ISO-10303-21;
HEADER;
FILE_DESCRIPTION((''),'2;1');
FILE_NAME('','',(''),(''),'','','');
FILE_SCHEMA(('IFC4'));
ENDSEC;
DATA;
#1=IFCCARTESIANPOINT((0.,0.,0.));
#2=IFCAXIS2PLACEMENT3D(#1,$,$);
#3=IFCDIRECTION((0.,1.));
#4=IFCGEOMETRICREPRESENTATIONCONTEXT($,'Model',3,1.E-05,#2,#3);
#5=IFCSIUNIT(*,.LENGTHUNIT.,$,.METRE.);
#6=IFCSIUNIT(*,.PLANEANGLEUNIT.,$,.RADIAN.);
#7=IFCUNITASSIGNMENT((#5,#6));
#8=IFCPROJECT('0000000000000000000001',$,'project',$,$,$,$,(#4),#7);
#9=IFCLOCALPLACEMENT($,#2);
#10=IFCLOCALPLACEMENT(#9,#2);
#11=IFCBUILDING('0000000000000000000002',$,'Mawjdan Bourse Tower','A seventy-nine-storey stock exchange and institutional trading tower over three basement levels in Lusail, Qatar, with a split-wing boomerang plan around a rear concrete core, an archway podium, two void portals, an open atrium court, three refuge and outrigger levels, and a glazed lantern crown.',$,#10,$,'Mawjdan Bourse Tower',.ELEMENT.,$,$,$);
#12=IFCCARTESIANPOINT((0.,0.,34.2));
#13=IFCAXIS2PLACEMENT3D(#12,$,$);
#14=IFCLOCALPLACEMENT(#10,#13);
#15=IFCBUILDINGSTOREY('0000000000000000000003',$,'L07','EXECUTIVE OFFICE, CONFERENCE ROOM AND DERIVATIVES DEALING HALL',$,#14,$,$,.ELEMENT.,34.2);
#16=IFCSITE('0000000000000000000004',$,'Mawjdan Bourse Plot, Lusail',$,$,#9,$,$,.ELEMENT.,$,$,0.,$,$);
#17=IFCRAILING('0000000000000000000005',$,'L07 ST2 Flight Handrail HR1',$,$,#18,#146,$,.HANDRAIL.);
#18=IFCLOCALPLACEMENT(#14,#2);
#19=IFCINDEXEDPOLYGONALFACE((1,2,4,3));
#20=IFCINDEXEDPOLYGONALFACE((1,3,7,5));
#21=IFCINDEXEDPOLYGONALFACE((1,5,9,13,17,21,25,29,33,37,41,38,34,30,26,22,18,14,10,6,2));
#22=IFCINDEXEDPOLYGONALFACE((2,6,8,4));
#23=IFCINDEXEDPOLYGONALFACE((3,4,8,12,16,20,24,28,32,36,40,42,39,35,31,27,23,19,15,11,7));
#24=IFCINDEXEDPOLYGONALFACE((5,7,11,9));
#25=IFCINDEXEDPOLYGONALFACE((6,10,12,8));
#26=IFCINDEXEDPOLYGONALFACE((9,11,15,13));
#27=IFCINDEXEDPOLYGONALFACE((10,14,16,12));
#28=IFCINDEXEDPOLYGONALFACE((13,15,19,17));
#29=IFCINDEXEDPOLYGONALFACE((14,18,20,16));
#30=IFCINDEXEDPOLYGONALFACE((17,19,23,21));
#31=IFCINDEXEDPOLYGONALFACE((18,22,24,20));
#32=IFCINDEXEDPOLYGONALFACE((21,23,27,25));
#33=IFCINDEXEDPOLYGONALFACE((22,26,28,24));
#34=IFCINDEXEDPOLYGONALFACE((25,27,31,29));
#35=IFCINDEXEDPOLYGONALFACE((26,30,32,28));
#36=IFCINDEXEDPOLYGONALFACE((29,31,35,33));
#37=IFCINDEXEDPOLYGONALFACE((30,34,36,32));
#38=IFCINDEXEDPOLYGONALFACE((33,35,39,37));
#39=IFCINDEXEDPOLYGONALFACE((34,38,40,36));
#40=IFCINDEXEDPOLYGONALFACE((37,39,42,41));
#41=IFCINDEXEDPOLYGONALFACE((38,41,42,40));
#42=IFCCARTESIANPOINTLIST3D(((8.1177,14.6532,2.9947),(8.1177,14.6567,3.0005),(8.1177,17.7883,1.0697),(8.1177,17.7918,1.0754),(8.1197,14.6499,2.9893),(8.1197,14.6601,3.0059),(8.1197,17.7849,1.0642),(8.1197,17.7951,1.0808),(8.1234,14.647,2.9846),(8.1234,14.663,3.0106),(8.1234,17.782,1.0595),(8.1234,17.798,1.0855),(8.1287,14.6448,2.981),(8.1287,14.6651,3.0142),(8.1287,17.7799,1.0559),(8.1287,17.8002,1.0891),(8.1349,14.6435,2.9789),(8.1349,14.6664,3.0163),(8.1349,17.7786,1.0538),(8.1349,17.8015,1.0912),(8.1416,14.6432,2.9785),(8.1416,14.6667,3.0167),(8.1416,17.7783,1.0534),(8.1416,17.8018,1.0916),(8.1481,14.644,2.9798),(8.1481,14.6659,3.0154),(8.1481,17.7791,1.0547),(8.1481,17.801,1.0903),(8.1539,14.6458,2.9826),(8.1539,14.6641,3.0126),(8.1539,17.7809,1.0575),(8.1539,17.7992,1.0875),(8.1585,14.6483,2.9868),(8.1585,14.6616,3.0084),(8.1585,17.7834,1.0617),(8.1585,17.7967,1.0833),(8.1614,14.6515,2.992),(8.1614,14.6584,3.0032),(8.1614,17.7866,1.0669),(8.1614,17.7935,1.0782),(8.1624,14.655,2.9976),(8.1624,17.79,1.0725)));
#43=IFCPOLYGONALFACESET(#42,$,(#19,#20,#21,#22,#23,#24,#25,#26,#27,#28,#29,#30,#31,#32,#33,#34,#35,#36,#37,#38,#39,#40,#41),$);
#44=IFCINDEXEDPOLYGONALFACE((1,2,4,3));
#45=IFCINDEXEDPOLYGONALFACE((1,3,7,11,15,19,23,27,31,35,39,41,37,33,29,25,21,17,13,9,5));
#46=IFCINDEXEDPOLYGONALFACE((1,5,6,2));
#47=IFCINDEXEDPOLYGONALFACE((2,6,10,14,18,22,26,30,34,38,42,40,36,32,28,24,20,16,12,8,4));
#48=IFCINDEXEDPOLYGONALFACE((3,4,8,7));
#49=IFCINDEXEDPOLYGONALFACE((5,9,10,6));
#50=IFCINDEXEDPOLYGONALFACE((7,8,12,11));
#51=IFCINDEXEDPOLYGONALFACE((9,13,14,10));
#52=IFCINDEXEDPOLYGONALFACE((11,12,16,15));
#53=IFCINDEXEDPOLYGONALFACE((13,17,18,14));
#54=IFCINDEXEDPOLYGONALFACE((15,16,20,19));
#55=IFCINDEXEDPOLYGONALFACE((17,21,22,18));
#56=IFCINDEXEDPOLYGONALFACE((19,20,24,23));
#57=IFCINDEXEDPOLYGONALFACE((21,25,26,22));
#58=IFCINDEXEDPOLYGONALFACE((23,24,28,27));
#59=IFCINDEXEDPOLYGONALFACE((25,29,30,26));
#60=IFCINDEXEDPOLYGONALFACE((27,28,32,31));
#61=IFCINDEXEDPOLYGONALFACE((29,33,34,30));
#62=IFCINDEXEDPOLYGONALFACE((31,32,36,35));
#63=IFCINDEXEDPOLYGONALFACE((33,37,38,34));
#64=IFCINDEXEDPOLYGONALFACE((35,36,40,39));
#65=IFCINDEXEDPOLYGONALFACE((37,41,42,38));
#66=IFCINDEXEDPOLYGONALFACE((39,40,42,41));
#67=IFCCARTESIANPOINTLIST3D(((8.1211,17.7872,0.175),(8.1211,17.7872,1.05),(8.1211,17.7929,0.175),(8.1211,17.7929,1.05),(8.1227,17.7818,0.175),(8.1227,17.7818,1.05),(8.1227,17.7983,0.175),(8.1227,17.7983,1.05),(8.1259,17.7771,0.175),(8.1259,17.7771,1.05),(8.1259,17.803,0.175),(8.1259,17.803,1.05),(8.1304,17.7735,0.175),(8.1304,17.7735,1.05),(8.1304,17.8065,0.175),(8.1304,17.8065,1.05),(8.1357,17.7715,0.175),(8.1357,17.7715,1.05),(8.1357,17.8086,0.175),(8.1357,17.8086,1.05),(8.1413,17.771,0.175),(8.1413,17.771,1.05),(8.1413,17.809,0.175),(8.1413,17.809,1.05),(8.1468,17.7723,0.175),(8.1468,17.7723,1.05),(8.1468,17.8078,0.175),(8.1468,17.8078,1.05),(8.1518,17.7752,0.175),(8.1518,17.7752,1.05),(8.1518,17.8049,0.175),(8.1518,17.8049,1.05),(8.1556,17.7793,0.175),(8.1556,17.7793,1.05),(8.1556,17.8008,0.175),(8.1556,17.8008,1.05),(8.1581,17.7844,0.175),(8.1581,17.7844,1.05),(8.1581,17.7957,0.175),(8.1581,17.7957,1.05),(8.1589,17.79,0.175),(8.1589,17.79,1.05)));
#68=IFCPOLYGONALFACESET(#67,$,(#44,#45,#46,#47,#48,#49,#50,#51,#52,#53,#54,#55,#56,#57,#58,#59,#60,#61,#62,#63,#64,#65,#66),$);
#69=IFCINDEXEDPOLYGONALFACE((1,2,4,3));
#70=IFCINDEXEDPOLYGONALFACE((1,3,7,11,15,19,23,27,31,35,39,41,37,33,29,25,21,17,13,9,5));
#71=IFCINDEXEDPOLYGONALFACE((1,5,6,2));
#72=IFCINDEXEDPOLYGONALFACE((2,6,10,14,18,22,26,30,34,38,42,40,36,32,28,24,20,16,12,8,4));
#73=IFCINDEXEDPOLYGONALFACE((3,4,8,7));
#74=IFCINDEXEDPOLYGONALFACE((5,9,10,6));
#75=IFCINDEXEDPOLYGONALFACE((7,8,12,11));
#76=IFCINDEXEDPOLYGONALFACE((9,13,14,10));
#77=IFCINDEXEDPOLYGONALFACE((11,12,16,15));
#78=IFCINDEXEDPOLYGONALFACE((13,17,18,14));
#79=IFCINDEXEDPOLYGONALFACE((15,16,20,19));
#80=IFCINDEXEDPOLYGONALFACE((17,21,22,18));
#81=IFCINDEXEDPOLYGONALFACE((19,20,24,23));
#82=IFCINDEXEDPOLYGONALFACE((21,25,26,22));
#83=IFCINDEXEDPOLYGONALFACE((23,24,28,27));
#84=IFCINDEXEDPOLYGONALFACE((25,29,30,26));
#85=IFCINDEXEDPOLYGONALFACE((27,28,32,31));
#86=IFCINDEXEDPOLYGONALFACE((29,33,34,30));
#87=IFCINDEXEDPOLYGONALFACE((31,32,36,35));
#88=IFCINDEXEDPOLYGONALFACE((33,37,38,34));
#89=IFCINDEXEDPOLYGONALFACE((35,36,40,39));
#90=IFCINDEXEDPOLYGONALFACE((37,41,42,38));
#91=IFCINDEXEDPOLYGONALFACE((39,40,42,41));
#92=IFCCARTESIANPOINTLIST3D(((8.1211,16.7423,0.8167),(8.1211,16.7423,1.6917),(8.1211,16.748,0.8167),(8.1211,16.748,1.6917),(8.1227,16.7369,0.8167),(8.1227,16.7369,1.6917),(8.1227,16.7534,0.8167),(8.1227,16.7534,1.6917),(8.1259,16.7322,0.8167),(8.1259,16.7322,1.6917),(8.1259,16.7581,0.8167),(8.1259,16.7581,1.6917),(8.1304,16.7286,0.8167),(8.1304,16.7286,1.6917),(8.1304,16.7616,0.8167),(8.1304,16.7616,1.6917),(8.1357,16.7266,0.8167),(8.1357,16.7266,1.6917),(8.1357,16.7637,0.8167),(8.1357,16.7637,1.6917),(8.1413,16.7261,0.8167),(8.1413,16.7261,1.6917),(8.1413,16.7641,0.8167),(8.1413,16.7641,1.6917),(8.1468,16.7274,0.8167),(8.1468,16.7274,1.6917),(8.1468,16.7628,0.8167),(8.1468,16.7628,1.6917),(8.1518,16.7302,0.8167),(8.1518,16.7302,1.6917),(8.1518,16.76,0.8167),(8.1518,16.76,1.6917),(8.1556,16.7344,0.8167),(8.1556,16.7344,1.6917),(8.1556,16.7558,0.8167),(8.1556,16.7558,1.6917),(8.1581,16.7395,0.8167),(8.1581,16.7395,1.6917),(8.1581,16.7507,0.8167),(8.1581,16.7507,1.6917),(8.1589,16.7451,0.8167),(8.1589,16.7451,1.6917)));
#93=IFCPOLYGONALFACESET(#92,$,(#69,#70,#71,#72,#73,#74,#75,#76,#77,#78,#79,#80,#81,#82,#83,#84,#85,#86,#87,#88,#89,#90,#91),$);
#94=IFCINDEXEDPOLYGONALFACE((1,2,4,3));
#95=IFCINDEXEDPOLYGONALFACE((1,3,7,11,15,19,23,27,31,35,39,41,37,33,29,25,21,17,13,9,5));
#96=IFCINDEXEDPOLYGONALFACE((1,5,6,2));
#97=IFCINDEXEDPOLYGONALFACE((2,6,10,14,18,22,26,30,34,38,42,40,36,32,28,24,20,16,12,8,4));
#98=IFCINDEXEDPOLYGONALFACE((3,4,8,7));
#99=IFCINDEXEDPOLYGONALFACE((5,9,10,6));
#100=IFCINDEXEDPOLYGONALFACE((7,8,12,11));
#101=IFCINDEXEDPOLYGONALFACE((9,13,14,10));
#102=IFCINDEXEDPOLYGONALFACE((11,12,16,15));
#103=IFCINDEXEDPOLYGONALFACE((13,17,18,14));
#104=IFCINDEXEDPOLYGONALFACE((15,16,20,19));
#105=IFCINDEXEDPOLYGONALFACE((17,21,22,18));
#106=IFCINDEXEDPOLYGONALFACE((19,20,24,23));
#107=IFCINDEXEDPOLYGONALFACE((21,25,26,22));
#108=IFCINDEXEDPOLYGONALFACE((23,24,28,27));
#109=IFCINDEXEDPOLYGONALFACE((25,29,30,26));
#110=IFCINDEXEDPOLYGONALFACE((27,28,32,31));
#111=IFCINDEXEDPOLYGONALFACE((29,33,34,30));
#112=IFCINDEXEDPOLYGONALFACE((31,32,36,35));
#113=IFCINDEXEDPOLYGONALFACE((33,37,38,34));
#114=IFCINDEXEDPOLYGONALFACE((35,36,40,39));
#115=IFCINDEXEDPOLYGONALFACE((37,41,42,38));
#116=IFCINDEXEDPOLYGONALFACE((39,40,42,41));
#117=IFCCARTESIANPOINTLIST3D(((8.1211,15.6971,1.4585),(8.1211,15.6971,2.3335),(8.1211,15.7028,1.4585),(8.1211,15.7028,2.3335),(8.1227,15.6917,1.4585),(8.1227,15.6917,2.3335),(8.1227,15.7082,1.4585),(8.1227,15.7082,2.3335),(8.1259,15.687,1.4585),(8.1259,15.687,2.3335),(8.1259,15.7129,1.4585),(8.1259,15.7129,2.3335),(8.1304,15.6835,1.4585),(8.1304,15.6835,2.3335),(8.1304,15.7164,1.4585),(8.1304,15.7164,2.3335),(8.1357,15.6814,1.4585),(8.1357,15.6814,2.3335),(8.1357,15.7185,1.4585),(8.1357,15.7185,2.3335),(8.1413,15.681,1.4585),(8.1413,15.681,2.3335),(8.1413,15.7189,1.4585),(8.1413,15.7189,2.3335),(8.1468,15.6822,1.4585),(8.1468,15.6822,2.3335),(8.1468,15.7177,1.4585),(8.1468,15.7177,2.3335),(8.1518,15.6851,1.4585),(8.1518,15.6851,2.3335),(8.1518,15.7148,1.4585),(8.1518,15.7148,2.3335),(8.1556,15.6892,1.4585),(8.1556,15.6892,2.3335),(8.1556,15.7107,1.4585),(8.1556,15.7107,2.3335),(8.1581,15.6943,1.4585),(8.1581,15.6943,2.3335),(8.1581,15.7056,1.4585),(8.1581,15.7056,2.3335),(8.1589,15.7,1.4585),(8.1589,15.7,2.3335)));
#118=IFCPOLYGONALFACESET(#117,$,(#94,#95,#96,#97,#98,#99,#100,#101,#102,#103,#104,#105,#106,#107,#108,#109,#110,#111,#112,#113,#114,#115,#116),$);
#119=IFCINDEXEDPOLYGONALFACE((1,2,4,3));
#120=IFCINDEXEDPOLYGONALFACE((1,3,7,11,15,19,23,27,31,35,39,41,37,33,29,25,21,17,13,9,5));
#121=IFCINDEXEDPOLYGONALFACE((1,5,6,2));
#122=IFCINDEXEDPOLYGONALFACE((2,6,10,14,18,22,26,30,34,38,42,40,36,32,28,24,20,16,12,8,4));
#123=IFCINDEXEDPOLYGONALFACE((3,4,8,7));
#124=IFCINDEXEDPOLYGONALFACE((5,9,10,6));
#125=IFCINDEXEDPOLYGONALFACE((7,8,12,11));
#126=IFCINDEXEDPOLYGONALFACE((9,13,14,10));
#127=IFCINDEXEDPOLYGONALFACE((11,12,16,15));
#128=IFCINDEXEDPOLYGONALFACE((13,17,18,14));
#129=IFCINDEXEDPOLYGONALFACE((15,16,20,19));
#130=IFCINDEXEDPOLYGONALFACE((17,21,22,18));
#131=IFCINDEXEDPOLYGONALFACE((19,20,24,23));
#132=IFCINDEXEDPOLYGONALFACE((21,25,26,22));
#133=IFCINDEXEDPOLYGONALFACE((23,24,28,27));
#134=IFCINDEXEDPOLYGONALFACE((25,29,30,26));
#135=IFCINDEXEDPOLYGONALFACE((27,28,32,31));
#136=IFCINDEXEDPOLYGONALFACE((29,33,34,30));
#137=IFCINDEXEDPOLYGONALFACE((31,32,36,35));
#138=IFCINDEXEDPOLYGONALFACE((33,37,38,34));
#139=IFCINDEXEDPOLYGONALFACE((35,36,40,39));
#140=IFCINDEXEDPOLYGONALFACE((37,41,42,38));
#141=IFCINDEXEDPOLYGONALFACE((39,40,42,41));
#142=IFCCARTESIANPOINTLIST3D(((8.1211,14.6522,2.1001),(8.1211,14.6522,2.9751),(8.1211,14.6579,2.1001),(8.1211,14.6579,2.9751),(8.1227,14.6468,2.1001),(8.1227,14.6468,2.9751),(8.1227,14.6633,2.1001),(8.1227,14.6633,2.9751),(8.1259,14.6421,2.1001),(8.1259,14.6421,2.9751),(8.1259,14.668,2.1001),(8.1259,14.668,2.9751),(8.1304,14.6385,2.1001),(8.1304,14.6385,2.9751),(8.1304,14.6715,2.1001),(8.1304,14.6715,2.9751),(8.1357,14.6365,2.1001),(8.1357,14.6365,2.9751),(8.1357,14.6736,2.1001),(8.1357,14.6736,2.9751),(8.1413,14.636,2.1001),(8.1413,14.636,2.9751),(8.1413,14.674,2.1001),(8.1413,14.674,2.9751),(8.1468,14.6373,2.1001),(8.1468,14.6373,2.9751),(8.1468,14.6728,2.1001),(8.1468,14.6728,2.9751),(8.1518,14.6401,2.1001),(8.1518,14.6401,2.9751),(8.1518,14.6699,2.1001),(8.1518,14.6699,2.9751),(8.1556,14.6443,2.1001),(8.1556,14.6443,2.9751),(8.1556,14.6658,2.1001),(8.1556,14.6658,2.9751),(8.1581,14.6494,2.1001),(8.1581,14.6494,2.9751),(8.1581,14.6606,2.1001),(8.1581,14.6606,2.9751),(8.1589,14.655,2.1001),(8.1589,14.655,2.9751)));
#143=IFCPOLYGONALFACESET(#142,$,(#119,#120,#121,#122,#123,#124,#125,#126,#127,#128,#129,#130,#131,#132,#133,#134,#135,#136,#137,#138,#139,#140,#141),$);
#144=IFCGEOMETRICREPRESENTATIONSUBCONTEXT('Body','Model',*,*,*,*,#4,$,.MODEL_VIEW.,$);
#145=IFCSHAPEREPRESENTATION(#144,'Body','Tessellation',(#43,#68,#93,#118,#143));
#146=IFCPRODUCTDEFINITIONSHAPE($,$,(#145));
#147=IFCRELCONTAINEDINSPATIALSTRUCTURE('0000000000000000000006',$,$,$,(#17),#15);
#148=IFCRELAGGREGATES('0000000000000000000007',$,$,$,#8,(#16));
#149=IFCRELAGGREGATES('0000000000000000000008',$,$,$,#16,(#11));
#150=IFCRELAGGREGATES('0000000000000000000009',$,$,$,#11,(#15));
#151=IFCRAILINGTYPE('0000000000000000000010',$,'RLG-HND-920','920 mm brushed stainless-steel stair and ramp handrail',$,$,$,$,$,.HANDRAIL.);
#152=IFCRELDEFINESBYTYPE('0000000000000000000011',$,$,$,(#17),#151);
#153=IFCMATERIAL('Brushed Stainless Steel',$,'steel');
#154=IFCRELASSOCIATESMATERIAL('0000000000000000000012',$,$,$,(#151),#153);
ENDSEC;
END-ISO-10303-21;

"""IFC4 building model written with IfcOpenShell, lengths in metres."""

from ifc_helpers import new_model, si_unit, direction, frame, origin, origin_2d, place, context, subcontext, project, spatial, circle, extrude, material, type_object, element, save


model = new_model("IFC4")

# Units and contexts
model_context = context("Model", 3, precision=1e-05, world=origin(), true_north=direction((0.0, 1.0)))
body_context = subcontext(model_context, "Body", "Model", "MODEL_VIEW")
ifc_project = project(units=[si_unit("LENGTHUNIT", "METRE"), si_unit("PLANEANGLEUNIT", "RADIAN")], contexts=[model_context])

# Site, building, storey
site_placement = place(None, origin())
site = spatial("IfcSite", under=ifc_project, at=site_placement, Name="Mawjdan Bourse Plot, Lusail", CompositionType="ELEMENT", RefElevation=0.0)
building_placement = place(site_placement, origin())
building = spatial("IfcBuilding", under=site, at=building_placement, Name="Mawjdan Bourse Tower", Description="A seventy-nine-storey stock exchange and institutional trading tower over three basement levels in Lusail, Qatar, with a split-wing boomerang plan around a rear concrete core, an archway podium, two void portals, an open atrium court, three refuge and outrigger levels, and a glazed lantern crown.", LongName="Mawjdan Bourse Tower", CompositionType="ELEMENT")
storey_placement = place(building_placement, frame((0.0, 0.0, 34.2)))
storey = spatial("IfcBuildingStorey", under=building, at=storey_placement, Name="L07", Description="EXECUTIVE OFFICE, CONFERENCE ROOM AND DERIVATIVES DEALING HALL", CompositionType="ELEMENT", Elevation=34.2)

# Railing
ifc_material_1 = material(Name="Brushed Stainless Steel", Category="steel")
railing_type_1 = type_object("IfcRailingType", Name="RLG-HND-920", Description="920 mm brushed stainless-steel stair and ramp handrail", PredefinedType="HANDRAIL", material=ifc_material_1)
railing_1_placement = place(storey_placement, frame((8.1399, 17.79, 0.175)))
element("IfcRailing", 1, at=railing_1_placement, inside=storey, type_object=railing_type_1, Name="L07 ST2 Flight Handrail HR1", PredefinedType="HANDRAIL", context=body_context, shape_type="SweptSolid", body=[
    extrude(circle(Radius=0.0225, at=origin_2d()), frame((0.0, 0.0, 0.8975), z_axis=(0.0, -0.852166, 0.523271), x_axis=(1.0, 0.0, 0.0)), (0.0, 0.0, 1.0), 3.679),
    extrude(circle(Radius=0.019, at=origin_2d()), origin(), (0.0, 0.0, 1.0), 0.875),
    extrude(circle(Radius=0.019, at=origin_2d()), frame((0.0, -1.0449, 0.6416)), (0.0, 0.0, 1.0), 0.875),
    extrude(circle(Radius=0.019, at=origin_2d()), frame((0.0, -2.0901, 1.2834)), (0.0, 0.0, 1.0), 0.875),
    extrude(circle(Radius=0.019, at=origin_2d()), frame((0.0, -3.135, 1.925)), (0.0, 0.0, 1.0), 0.875),
])

save(model, "model.ifc")
